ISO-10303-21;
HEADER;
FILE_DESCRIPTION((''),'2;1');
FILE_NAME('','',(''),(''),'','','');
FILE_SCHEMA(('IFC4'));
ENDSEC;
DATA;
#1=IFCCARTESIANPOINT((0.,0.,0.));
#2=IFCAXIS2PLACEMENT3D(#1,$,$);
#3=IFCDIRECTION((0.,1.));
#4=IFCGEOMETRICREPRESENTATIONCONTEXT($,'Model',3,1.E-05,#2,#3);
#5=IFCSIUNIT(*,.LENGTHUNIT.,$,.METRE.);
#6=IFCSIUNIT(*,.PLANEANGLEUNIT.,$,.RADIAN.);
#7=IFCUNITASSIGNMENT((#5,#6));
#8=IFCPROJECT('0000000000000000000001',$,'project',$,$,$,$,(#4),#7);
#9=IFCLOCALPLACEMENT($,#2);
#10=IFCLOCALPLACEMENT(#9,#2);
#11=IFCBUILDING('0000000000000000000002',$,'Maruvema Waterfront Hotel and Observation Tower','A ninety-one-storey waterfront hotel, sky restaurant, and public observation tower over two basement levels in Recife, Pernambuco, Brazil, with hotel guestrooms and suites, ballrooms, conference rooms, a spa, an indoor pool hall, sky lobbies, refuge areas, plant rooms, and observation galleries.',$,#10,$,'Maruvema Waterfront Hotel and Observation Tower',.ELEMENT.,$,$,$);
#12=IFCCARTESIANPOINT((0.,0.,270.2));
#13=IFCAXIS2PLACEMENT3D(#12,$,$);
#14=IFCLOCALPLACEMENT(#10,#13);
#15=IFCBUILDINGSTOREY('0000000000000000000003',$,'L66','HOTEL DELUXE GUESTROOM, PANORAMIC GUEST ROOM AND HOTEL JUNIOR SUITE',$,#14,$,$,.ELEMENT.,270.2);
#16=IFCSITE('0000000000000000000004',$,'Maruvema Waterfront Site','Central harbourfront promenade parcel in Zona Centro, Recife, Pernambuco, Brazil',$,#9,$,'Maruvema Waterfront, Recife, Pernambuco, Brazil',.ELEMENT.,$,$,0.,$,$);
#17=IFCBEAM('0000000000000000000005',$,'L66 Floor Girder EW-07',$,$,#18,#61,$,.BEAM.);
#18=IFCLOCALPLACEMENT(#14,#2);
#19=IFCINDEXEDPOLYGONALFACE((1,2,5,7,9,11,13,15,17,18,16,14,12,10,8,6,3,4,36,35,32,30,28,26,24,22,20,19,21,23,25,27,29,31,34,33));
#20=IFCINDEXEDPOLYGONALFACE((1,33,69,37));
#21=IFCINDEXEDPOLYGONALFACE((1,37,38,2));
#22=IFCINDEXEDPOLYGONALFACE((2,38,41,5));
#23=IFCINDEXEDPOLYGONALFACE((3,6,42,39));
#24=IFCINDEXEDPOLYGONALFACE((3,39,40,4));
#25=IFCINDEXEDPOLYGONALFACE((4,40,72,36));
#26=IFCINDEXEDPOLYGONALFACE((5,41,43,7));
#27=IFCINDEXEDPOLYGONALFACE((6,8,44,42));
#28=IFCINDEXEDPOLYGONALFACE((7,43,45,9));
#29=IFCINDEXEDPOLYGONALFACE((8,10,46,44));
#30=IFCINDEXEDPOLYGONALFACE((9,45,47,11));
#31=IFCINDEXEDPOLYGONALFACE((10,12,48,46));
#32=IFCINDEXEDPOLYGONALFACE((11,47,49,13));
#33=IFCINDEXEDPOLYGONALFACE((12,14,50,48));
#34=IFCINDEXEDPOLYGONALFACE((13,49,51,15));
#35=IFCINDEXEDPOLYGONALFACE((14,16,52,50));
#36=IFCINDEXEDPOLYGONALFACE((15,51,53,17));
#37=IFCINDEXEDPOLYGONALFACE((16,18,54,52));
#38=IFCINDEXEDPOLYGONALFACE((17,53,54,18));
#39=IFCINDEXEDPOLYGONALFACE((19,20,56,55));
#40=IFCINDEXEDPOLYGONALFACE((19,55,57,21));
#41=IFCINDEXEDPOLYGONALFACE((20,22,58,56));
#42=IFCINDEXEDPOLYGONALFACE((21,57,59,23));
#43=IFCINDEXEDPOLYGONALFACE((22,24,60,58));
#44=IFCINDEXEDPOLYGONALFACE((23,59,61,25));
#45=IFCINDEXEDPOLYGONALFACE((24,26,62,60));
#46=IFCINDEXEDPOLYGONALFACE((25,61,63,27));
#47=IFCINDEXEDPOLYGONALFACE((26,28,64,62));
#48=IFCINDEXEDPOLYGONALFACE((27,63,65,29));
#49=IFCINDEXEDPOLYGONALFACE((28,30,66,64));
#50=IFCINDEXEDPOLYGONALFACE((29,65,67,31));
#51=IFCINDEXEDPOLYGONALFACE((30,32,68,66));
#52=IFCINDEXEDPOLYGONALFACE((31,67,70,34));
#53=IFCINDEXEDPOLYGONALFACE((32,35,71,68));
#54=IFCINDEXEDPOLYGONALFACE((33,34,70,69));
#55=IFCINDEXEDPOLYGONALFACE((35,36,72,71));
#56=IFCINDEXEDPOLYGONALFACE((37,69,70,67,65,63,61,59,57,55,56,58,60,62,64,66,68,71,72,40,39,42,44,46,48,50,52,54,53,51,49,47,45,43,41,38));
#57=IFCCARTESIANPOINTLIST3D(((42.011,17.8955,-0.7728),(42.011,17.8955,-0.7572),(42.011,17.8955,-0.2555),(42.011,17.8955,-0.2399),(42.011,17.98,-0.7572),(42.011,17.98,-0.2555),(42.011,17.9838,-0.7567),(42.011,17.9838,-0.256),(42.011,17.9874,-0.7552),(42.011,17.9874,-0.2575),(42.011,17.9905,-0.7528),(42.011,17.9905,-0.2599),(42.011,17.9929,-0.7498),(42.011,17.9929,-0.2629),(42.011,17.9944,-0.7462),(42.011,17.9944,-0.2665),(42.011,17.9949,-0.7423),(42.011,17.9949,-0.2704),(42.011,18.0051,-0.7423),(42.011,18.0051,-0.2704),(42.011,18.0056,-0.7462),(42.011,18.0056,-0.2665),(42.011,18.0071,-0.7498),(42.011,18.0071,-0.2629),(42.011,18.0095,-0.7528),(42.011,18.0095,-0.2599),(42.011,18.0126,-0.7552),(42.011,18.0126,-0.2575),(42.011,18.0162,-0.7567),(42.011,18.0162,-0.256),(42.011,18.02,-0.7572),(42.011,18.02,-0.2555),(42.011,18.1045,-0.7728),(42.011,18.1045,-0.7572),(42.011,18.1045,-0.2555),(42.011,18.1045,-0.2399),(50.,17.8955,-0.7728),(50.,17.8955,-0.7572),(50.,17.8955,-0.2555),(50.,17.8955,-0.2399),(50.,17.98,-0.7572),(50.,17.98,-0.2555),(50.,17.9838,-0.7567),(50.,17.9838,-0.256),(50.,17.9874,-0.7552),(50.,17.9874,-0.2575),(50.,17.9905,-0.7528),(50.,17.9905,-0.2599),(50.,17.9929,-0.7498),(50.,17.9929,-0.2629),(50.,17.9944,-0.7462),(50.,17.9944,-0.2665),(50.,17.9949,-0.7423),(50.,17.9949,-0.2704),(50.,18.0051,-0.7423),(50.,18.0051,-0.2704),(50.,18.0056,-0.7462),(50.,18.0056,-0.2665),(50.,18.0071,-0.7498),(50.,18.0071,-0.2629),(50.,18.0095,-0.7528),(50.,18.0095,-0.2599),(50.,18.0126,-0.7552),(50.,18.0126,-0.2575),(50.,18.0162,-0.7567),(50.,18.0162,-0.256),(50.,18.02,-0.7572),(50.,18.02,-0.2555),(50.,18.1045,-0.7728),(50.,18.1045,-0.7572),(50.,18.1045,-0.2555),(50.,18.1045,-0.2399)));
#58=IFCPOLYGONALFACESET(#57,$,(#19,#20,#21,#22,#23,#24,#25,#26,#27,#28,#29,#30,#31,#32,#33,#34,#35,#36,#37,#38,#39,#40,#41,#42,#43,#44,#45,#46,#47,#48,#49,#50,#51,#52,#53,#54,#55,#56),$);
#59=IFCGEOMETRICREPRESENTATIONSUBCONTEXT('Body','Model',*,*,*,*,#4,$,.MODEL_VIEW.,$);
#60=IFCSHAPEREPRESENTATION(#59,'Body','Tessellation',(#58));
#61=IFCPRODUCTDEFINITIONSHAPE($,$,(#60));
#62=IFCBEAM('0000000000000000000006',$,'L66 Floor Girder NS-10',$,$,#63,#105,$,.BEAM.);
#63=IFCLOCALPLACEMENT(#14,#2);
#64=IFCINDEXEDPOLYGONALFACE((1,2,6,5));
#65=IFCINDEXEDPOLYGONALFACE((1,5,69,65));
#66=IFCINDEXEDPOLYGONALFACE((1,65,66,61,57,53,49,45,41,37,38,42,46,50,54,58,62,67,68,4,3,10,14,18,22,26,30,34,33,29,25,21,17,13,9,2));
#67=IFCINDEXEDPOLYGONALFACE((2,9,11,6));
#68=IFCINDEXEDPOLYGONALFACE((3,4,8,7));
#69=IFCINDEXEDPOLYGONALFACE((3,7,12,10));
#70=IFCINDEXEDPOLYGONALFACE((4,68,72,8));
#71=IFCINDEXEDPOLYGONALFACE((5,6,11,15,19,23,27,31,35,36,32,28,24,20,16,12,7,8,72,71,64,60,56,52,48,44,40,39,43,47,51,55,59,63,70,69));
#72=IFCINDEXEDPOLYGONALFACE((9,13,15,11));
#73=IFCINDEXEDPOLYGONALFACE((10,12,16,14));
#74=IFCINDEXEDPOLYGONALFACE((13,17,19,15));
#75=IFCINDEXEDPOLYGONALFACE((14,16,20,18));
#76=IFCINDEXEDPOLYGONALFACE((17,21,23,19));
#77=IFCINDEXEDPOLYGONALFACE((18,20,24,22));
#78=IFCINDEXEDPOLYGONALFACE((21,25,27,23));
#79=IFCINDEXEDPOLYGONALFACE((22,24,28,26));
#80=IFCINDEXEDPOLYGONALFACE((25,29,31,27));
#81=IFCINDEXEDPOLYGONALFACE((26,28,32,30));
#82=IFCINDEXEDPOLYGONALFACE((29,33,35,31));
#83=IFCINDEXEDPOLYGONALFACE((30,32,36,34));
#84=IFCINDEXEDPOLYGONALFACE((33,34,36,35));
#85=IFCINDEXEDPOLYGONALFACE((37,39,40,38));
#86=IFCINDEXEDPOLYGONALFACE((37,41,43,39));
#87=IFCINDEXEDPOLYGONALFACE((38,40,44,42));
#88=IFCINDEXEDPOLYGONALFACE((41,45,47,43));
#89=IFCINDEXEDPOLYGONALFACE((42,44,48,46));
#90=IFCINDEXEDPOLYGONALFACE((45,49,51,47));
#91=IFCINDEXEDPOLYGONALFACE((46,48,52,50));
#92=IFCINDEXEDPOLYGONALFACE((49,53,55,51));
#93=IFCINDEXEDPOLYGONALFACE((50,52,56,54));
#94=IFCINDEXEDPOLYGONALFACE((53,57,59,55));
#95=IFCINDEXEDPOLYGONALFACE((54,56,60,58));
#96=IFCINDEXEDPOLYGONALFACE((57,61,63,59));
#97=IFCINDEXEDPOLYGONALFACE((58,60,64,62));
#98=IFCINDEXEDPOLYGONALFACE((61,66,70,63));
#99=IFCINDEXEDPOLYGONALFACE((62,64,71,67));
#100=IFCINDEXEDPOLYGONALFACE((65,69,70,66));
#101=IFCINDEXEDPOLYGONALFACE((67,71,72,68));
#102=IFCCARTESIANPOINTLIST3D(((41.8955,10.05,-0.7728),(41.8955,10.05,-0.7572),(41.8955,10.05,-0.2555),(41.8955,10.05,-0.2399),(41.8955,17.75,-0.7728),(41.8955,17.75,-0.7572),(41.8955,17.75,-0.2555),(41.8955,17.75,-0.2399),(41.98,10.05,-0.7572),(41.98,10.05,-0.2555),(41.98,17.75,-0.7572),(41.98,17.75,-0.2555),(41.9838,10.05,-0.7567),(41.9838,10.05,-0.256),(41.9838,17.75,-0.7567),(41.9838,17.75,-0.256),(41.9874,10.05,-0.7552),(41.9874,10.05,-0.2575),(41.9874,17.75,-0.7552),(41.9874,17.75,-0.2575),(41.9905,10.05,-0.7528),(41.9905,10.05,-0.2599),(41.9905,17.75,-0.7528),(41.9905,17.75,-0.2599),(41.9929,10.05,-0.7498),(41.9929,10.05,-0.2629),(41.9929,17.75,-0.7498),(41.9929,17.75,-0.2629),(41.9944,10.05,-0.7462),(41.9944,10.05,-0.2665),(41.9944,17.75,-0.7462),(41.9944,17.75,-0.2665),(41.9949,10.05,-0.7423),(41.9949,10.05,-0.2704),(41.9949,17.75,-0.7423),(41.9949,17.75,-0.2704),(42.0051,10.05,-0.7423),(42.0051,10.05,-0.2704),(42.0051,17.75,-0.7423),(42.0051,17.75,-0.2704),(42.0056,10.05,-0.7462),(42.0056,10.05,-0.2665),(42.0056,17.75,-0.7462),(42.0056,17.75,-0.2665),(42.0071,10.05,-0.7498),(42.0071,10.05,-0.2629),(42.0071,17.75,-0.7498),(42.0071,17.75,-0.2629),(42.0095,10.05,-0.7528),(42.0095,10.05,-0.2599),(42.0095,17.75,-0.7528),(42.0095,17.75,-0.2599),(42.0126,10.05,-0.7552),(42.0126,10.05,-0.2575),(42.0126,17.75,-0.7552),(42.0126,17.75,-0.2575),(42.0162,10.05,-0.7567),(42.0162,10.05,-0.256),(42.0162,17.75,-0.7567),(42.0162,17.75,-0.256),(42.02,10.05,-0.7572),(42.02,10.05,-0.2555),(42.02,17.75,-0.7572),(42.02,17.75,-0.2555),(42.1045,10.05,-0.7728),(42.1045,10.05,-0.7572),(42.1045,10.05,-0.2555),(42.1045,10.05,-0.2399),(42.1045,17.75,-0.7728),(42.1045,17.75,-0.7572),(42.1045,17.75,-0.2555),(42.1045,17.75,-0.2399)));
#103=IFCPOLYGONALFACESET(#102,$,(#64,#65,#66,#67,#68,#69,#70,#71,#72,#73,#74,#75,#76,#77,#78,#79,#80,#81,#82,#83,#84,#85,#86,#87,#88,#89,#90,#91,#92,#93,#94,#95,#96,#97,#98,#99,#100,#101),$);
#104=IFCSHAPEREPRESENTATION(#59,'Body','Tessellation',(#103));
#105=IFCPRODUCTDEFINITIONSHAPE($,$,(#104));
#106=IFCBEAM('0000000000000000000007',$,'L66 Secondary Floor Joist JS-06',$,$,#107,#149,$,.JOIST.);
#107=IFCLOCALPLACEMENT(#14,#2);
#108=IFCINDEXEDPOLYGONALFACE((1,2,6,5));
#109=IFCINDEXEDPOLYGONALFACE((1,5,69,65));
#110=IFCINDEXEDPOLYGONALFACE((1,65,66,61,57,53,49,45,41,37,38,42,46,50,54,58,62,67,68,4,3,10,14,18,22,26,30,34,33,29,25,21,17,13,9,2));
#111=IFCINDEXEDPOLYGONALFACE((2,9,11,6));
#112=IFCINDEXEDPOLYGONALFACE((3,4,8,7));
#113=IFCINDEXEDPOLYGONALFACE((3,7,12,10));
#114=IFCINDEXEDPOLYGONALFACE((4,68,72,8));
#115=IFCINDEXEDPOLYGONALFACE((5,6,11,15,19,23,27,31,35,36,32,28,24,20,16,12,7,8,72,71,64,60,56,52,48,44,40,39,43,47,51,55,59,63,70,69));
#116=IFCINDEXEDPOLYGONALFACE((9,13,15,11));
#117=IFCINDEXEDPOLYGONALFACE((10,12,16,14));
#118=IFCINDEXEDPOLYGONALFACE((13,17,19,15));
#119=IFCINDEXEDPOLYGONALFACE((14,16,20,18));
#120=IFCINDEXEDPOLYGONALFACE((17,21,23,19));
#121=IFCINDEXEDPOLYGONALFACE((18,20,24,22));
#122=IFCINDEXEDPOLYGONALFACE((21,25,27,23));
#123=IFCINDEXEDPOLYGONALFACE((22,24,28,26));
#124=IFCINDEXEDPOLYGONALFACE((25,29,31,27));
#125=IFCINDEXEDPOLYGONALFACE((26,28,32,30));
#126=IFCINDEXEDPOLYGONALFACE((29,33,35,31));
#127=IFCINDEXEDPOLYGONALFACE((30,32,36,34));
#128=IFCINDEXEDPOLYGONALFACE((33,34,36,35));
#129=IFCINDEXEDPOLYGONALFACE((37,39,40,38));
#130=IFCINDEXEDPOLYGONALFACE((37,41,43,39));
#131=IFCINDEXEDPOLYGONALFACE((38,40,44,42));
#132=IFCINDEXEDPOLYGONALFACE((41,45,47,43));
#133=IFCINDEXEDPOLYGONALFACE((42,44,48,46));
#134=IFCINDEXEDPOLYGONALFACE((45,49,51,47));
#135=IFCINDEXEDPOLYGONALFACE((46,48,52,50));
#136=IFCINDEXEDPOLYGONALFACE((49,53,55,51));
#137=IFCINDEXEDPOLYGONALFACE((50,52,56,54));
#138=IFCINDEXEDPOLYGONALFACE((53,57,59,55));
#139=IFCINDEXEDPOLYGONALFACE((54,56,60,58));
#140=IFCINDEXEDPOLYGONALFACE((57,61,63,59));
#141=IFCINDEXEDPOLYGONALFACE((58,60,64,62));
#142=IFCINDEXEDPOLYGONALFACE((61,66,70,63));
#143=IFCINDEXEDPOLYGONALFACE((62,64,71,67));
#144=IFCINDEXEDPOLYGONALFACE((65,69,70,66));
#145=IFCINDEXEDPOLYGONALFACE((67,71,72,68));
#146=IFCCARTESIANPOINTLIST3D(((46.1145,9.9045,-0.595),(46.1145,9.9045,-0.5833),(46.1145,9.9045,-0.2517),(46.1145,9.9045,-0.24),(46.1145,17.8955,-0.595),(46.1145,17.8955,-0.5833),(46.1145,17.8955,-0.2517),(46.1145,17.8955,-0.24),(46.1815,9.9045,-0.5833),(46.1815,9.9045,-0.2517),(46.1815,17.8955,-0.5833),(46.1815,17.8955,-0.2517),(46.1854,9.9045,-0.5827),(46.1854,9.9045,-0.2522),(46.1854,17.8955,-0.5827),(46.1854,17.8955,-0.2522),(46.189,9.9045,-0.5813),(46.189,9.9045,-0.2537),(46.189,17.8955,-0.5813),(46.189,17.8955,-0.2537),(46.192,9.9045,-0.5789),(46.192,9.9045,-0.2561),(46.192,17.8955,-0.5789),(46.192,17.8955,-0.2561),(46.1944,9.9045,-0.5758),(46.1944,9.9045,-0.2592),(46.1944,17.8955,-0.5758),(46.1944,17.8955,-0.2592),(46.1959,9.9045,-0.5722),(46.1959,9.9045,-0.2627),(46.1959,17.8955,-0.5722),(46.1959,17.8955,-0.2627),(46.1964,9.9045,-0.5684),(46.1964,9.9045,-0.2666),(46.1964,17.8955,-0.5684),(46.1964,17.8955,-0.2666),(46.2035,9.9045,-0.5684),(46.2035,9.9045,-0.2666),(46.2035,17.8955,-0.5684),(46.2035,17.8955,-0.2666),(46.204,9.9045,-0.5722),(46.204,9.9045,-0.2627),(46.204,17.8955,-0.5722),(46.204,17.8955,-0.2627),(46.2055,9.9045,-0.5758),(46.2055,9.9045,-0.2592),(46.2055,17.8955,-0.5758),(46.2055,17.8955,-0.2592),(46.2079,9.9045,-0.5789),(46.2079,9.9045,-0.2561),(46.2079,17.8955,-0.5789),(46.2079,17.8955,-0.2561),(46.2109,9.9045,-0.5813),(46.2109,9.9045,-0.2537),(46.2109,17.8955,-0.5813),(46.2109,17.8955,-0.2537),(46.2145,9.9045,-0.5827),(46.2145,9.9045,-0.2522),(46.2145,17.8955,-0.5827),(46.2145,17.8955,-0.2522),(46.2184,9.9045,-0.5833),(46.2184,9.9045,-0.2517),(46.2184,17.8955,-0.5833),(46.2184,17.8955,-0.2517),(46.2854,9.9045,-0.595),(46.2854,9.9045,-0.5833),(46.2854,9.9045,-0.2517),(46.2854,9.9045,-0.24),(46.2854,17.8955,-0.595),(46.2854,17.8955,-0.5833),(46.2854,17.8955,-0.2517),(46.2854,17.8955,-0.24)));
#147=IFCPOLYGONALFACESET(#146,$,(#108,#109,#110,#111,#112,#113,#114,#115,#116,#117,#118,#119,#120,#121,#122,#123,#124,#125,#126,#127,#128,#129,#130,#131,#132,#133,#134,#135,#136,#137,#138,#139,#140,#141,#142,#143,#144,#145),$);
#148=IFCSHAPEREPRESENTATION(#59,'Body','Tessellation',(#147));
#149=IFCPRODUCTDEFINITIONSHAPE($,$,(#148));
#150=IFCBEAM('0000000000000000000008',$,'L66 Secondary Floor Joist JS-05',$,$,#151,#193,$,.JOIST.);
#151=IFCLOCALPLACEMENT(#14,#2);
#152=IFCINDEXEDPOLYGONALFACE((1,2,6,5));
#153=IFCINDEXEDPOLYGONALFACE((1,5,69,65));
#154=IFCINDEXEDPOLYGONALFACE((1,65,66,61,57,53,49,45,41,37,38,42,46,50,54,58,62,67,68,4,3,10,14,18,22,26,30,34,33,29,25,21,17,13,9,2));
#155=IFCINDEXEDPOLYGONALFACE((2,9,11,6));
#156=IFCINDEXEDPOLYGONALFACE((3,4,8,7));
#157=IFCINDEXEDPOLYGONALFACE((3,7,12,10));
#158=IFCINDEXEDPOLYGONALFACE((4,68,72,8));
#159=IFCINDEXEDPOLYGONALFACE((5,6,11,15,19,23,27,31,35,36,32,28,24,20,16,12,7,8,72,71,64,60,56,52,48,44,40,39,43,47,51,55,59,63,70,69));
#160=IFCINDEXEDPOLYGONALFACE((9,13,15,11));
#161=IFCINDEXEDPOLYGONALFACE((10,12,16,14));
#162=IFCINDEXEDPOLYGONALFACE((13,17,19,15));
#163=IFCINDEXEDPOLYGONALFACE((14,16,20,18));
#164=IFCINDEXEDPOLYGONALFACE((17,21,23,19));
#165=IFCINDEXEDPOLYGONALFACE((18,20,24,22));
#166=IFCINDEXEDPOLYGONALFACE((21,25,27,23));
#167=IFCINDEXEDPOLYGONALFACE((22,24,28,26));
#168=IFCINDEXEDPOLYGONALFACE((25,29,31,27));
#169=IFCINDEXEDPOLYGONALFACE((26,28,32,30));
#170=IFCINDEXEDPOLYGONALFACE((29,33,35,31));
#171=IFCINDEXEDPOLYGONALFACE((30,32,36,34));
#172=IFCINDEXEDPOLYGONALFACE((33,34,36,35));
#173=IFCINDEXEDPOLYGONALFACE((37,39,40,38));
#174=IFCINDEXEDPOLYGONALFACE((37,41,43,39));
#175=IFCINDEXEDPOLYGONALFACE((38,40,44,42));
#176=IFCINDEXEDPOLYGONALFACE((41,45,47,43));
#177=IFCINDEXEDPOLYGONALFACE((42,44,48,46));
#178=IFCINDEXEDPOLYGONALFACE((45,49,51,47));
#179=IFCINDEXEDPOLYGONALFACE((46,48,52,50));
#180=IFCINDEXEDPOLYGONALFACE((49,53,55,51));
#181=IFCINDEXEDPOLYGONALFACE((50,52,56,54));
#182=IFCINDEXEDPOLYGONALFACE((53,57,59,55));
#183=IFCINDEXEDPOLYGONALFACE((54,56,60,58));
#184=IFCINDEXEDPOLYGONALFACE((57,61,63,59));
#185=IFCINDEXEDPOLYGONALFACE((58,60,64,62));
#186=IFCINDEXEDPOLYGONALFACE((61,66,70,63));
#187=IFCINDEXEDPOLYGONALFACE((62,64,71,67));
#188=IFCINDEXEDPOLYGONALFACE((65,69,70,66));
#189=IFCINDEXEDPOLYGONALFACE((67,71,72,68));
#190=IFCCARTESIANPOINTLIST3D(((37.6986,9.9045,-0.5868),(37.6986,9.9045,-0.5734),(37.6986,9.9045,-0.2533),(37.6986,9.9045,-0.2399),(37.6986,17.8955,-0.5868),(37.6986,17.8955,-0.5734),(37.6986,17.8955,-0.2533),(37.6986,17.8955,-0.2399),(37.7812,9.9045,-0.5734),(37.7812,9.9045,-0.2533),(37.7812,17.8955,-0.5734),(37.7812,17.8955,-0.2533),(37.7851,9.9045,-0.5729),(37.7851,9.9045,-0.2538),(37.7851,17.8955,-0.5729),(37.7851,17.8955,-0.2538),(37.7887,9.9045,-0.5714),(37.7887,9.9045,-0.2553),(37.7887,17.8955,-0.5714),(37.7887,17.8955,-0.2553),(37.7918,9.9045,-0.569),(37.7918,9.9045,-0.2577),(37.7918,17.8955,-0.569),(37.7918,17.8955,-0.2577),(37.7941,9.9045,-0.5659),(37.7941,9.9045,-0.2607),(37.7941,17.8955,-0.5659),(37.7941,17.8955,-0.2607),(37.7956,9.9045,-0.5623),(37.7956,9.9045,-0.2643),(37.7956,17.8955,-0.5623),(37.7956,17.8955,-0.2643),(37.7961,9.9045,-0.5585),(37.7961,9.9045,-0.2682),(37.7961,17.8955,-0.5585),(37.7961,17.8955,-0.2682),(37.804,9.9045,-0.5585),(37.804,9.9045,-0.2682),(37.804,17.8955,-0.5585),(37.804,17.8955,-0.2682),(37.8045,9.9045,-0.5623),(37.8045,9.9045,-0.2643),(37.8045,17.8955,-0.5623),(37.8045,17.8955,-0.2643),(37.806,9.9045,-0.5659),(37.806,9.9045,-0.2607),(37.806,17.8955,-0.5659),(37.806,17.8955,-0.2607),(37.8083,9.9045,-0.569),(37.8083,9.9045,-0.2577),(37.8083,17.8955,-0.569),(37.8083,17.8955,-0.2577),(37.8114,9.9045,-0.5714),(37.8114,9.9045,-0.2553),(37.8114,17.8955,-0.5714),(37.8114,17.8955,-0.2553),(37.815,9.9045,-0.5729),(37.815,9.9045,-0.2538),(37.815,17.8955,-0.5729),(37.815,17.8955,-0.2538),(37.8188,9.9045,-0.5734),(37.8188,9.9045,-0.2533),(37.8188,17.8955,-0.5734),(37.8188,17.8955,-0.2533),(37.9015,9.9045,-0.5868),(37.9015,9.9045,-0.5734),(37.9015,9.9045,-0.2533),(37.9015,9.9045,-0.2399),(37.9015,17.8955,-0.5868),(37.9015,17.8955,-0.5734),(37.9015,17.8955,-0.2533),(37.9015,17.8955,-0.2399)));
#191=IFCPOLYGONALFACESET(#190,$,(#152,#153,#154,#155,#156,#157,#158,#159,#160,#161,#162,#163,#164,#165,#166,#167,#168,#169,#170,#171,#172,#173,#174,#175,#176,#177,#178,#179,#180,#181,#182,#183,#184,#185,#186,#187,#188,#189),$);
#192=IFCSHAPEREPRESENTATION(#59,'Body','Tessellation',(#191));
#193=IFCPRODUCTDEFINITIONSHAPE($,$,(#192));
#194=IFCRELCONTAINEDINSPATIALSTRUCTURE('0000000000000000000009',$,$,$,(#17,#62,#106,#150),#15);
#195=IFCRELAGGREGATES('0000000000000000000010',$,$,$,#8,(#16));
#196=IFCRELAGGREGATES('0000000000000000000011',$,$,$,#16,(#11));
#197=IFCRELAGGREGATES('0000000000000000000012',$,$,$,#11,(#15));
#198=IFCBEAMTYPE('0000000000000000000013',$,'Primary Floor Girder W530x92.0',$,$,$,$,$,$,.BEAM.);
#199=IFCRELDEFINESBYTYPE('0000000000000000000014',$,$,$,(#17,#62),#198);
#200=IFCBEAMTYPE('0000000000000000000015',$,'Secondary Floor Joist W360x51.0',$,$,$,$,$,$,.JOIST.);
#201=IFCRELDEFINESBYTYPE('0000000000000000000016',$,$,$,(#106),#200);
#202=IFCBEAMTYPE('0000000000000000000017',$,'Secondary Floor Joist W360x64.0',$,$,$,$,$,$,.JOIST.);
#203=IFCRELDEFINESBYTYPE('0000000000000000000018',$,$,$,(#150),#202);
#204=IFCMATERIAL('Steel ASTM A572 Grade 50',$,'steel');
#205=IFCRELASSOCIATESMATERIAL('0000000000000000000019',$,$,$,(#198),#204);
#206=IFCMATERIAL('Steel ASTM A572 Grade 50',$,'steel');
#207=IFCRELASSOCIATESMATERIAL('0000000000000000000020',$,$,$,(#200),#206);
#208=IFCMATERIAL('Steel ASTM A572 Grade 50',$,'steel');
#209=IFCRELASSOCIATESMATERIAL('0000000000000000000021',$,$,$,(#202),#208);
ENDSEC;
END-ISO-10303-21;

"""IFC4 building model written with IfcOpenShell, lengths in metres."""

from ifc_helpers import new_model, si_unit, direction, frame, origin, origin_2d, place, context, subcontext, project, spatial, i_section, extrude, material, material_profile, profile_set, type_object, element, save


model = new_model("IFC4")

# Units and contexts
model_context = context("Model", 3, precision=1e-05, world=origin(), true_north=direction((0.0, 1.0)))
body_context = subcontext(model_context, "Body", "Model", "MODEL_VIEW")
ifc_project = project(units=[si_unit("LENGTHUNIT", "METRE"), si_unit("PLANEANGLEUNIT", "RADIAN")], contexts=[model_context])

# Site, building, storey
site_placement = place(None, origin())
site = spatial("IfcSite", under=ifc_project, at=site_placement, Name="Maruvema Waterfront Site", Description="Central harbourfront promenade parcel in Zona Centro, Recife, Pernambuco, Brazil", LongName="Maruvema Waterfront, Recife, Pernambuco, Brazil", CompositionType="ELEMENT", RefElevation=0.0)
building_placement = place(site_placement, origin())
building = spatial("IfcBuilding", under=site, at=building_placement, Name="Maruvema Waterfront Hotel and Observation Tower", Description="A ninety-one-storey waterfront hotel, sky restaurant, and public observation tower over two basement levels in Recife, Pernambuco, Brazil, with hotel guestrooms and suites, ballrooms, conference rooms, a spa, an indoor pool hall, sky lobbies, refuge areas, plant rooms, and observation galleries.", LongName="Maruvema Waterfront Hotel and Observation Tower", CompositionType="ELEMENT")
storey_placement = place(building_placement, frame((0.0, 0.0, 270.2)))
storey = spatial("IfcBuildingStorey", under=building, at=storey_placement, Name="L66", Description="HOTEL DELUXE GUESTROOM, PANORAMIC GUEST ROOM AND HOTEL JUNIOR SUITE", CompositionType="ELEMENT", Elevation=270.2)

# Beams
ifc_material_1 = material(Name="Steel ASTM A572 Grade 50", Category="steel")
ifc_material_profile_1 = material_profile(ifc_material_1, i_section(OverallWidth=0.209, OverallDepth=0.533, WebThickness=0.0103, FlangeThickness=0.0156, FilletRadius=0.0149, at=origin_2d()), Name="W530x92.0")
ifc_profile_set_1 = profile_set([ifc_material_profile_1], Name="Steel ASTM A572 Grade 50")
beam_type_1 = type_object("IfcBeamType", Name="Primary Floor Girder W530x92.0", PredefinedType="BEAM", material=ifc_profile_set_1)
beam_1_placement = place(storey_placement, frame((42.011, 18.0, -0.5063), z_axis=(1.0, 0.0, 0.0), x_axis=(0.0, 1.0, 0.0)))
element("IfcBeam", 1, at=beam_1_placement, inside=storey, type_object=beam_type_1, Name="L66 Floor Girder EW-07", PredefinedType="BEAM", context=body_context, shape_type="SweptSolid", body=[
    extrude(i_section(OverallWidth=0.209, OverallDepth=0.533, WebThickness=0.0103, FlangeThickness=0.0156, FilletRadius=0.0149, at=origin_2d()), origin(), (0.0, 0.0, 1.0), 7.989),
])
beam_2_placement = place(storey_placement, frame((42.0, 10.05, -0.5063), z_axis=(0.0, 1.0, 0.0), x_axis=(-1.0, 0.0, 0.0)))
element("IfcBeam", 2, at=beam_2_placement, inside=storey, type_object=beam_type_1, Name="L66 Floor Girder NS-10", PredefinedType="BEAM", context=body_context, shape_type="SweptSolid", body=[
    extrude(i_section(OverallWidth=0.209, OverallDepth=0.533, WebThickness=0.0103, FlangeThickness=0.0156, FilletRadius=0.0149, at=origin_2d()), origin(), (0.0, 0.0, 1.0), 7.7),
])
ifc_material_2 = material(Name="Steel ASTM A572 Grade 50", Category="steel")
ifc_material_profile_2 = material_profile(ifc_material_2, i_section(OverallWidth=0.1709, OverallDepth=0.355, WebThickness=0.0071, FlangeThickness=0.0117, FilletRadius=0.0149, at=origin_2d()), Name="W360x51.0")
ifc_profile_set_2 = profile_set([ifc_material_profile_2], Name="Steel ASTM A572 Grade 50")
beam_type_2 = type_object("IfcBeamType", Name="Secondary Floor Joist W360x51.0", PredefinedType="JOIST", material=ifc_profile_set_2)
beam_3_placement = place(storey_placement, frame((46.2, 9.9045, -0.4175), z_axis=(0.0, 1.0, 0.0), x_axis=(-1.0, 0.0, 0.0)))
element("IfcBeam", 3, at=beam_3_placement, inside=storey, type_object=beam_type_2, Name="L66 Secondary Floor Joist JS-06", PredefinedType="JOIST", context=body_context, shape_type="SweptSolid", body=[
    extrude(i_section(OverallWidth=0.1709, OverallDepth=0.355, WebThickness=0.0071, FlangeThickness=0.0117, FilletRadius=0.0149, at=origin_2d()), origin(), (0.0, 0.0, 1.0), 7.991),
])
ifc_material_3 = material(Name="Steel ASTM A572 Grade 50", Category="steel")
ifc_material_profile_3 = material_profile(ifc_material_3, i_section(OverallWidth=0.2029, OverallDepth=0.3469, WebThickness=0.0078, FlangeThickness=0.0134, FilletRadius=0.0149, at=origin_2d()), Name="W360x64.0")
ifc_profile_set_3 = profile_set([ifc_material_profile_3], Name="Steel ASTM A572 Grade 50")
beam_type_3 = type_object("IfcBeamType", Name="Secondary Floor Joist W360x64.0", PredefinedType="JOIST", material=ifc_profile_set_3)
beam_4_placement = place(storey_placement, frame((37.8, 9.9045, -0.4133), z_axis=(0.0, 1.0, 0.0), x_axis=(-1.0, 0.0, 0.0)))
element("IfcBeam", 4, at=beam_4_placement, inside=storey, type_object=beam_type_3, Name="L66 Secondary Floor Joist JS-05", PredefinedType="JOIST", context=body_context, shape_type="SweptSolid", body=[
    extrude(i_section(OverallWidth=0.2029, OverallDepth=0.3469, WebThickness=0.0078, FlangeThickness=0.0134, FilletRadius=0.0149, at=origin_2d()), origin(), (0.0, 0.0, 1.0), 7.991),
])

save(model, "model.ifc")
